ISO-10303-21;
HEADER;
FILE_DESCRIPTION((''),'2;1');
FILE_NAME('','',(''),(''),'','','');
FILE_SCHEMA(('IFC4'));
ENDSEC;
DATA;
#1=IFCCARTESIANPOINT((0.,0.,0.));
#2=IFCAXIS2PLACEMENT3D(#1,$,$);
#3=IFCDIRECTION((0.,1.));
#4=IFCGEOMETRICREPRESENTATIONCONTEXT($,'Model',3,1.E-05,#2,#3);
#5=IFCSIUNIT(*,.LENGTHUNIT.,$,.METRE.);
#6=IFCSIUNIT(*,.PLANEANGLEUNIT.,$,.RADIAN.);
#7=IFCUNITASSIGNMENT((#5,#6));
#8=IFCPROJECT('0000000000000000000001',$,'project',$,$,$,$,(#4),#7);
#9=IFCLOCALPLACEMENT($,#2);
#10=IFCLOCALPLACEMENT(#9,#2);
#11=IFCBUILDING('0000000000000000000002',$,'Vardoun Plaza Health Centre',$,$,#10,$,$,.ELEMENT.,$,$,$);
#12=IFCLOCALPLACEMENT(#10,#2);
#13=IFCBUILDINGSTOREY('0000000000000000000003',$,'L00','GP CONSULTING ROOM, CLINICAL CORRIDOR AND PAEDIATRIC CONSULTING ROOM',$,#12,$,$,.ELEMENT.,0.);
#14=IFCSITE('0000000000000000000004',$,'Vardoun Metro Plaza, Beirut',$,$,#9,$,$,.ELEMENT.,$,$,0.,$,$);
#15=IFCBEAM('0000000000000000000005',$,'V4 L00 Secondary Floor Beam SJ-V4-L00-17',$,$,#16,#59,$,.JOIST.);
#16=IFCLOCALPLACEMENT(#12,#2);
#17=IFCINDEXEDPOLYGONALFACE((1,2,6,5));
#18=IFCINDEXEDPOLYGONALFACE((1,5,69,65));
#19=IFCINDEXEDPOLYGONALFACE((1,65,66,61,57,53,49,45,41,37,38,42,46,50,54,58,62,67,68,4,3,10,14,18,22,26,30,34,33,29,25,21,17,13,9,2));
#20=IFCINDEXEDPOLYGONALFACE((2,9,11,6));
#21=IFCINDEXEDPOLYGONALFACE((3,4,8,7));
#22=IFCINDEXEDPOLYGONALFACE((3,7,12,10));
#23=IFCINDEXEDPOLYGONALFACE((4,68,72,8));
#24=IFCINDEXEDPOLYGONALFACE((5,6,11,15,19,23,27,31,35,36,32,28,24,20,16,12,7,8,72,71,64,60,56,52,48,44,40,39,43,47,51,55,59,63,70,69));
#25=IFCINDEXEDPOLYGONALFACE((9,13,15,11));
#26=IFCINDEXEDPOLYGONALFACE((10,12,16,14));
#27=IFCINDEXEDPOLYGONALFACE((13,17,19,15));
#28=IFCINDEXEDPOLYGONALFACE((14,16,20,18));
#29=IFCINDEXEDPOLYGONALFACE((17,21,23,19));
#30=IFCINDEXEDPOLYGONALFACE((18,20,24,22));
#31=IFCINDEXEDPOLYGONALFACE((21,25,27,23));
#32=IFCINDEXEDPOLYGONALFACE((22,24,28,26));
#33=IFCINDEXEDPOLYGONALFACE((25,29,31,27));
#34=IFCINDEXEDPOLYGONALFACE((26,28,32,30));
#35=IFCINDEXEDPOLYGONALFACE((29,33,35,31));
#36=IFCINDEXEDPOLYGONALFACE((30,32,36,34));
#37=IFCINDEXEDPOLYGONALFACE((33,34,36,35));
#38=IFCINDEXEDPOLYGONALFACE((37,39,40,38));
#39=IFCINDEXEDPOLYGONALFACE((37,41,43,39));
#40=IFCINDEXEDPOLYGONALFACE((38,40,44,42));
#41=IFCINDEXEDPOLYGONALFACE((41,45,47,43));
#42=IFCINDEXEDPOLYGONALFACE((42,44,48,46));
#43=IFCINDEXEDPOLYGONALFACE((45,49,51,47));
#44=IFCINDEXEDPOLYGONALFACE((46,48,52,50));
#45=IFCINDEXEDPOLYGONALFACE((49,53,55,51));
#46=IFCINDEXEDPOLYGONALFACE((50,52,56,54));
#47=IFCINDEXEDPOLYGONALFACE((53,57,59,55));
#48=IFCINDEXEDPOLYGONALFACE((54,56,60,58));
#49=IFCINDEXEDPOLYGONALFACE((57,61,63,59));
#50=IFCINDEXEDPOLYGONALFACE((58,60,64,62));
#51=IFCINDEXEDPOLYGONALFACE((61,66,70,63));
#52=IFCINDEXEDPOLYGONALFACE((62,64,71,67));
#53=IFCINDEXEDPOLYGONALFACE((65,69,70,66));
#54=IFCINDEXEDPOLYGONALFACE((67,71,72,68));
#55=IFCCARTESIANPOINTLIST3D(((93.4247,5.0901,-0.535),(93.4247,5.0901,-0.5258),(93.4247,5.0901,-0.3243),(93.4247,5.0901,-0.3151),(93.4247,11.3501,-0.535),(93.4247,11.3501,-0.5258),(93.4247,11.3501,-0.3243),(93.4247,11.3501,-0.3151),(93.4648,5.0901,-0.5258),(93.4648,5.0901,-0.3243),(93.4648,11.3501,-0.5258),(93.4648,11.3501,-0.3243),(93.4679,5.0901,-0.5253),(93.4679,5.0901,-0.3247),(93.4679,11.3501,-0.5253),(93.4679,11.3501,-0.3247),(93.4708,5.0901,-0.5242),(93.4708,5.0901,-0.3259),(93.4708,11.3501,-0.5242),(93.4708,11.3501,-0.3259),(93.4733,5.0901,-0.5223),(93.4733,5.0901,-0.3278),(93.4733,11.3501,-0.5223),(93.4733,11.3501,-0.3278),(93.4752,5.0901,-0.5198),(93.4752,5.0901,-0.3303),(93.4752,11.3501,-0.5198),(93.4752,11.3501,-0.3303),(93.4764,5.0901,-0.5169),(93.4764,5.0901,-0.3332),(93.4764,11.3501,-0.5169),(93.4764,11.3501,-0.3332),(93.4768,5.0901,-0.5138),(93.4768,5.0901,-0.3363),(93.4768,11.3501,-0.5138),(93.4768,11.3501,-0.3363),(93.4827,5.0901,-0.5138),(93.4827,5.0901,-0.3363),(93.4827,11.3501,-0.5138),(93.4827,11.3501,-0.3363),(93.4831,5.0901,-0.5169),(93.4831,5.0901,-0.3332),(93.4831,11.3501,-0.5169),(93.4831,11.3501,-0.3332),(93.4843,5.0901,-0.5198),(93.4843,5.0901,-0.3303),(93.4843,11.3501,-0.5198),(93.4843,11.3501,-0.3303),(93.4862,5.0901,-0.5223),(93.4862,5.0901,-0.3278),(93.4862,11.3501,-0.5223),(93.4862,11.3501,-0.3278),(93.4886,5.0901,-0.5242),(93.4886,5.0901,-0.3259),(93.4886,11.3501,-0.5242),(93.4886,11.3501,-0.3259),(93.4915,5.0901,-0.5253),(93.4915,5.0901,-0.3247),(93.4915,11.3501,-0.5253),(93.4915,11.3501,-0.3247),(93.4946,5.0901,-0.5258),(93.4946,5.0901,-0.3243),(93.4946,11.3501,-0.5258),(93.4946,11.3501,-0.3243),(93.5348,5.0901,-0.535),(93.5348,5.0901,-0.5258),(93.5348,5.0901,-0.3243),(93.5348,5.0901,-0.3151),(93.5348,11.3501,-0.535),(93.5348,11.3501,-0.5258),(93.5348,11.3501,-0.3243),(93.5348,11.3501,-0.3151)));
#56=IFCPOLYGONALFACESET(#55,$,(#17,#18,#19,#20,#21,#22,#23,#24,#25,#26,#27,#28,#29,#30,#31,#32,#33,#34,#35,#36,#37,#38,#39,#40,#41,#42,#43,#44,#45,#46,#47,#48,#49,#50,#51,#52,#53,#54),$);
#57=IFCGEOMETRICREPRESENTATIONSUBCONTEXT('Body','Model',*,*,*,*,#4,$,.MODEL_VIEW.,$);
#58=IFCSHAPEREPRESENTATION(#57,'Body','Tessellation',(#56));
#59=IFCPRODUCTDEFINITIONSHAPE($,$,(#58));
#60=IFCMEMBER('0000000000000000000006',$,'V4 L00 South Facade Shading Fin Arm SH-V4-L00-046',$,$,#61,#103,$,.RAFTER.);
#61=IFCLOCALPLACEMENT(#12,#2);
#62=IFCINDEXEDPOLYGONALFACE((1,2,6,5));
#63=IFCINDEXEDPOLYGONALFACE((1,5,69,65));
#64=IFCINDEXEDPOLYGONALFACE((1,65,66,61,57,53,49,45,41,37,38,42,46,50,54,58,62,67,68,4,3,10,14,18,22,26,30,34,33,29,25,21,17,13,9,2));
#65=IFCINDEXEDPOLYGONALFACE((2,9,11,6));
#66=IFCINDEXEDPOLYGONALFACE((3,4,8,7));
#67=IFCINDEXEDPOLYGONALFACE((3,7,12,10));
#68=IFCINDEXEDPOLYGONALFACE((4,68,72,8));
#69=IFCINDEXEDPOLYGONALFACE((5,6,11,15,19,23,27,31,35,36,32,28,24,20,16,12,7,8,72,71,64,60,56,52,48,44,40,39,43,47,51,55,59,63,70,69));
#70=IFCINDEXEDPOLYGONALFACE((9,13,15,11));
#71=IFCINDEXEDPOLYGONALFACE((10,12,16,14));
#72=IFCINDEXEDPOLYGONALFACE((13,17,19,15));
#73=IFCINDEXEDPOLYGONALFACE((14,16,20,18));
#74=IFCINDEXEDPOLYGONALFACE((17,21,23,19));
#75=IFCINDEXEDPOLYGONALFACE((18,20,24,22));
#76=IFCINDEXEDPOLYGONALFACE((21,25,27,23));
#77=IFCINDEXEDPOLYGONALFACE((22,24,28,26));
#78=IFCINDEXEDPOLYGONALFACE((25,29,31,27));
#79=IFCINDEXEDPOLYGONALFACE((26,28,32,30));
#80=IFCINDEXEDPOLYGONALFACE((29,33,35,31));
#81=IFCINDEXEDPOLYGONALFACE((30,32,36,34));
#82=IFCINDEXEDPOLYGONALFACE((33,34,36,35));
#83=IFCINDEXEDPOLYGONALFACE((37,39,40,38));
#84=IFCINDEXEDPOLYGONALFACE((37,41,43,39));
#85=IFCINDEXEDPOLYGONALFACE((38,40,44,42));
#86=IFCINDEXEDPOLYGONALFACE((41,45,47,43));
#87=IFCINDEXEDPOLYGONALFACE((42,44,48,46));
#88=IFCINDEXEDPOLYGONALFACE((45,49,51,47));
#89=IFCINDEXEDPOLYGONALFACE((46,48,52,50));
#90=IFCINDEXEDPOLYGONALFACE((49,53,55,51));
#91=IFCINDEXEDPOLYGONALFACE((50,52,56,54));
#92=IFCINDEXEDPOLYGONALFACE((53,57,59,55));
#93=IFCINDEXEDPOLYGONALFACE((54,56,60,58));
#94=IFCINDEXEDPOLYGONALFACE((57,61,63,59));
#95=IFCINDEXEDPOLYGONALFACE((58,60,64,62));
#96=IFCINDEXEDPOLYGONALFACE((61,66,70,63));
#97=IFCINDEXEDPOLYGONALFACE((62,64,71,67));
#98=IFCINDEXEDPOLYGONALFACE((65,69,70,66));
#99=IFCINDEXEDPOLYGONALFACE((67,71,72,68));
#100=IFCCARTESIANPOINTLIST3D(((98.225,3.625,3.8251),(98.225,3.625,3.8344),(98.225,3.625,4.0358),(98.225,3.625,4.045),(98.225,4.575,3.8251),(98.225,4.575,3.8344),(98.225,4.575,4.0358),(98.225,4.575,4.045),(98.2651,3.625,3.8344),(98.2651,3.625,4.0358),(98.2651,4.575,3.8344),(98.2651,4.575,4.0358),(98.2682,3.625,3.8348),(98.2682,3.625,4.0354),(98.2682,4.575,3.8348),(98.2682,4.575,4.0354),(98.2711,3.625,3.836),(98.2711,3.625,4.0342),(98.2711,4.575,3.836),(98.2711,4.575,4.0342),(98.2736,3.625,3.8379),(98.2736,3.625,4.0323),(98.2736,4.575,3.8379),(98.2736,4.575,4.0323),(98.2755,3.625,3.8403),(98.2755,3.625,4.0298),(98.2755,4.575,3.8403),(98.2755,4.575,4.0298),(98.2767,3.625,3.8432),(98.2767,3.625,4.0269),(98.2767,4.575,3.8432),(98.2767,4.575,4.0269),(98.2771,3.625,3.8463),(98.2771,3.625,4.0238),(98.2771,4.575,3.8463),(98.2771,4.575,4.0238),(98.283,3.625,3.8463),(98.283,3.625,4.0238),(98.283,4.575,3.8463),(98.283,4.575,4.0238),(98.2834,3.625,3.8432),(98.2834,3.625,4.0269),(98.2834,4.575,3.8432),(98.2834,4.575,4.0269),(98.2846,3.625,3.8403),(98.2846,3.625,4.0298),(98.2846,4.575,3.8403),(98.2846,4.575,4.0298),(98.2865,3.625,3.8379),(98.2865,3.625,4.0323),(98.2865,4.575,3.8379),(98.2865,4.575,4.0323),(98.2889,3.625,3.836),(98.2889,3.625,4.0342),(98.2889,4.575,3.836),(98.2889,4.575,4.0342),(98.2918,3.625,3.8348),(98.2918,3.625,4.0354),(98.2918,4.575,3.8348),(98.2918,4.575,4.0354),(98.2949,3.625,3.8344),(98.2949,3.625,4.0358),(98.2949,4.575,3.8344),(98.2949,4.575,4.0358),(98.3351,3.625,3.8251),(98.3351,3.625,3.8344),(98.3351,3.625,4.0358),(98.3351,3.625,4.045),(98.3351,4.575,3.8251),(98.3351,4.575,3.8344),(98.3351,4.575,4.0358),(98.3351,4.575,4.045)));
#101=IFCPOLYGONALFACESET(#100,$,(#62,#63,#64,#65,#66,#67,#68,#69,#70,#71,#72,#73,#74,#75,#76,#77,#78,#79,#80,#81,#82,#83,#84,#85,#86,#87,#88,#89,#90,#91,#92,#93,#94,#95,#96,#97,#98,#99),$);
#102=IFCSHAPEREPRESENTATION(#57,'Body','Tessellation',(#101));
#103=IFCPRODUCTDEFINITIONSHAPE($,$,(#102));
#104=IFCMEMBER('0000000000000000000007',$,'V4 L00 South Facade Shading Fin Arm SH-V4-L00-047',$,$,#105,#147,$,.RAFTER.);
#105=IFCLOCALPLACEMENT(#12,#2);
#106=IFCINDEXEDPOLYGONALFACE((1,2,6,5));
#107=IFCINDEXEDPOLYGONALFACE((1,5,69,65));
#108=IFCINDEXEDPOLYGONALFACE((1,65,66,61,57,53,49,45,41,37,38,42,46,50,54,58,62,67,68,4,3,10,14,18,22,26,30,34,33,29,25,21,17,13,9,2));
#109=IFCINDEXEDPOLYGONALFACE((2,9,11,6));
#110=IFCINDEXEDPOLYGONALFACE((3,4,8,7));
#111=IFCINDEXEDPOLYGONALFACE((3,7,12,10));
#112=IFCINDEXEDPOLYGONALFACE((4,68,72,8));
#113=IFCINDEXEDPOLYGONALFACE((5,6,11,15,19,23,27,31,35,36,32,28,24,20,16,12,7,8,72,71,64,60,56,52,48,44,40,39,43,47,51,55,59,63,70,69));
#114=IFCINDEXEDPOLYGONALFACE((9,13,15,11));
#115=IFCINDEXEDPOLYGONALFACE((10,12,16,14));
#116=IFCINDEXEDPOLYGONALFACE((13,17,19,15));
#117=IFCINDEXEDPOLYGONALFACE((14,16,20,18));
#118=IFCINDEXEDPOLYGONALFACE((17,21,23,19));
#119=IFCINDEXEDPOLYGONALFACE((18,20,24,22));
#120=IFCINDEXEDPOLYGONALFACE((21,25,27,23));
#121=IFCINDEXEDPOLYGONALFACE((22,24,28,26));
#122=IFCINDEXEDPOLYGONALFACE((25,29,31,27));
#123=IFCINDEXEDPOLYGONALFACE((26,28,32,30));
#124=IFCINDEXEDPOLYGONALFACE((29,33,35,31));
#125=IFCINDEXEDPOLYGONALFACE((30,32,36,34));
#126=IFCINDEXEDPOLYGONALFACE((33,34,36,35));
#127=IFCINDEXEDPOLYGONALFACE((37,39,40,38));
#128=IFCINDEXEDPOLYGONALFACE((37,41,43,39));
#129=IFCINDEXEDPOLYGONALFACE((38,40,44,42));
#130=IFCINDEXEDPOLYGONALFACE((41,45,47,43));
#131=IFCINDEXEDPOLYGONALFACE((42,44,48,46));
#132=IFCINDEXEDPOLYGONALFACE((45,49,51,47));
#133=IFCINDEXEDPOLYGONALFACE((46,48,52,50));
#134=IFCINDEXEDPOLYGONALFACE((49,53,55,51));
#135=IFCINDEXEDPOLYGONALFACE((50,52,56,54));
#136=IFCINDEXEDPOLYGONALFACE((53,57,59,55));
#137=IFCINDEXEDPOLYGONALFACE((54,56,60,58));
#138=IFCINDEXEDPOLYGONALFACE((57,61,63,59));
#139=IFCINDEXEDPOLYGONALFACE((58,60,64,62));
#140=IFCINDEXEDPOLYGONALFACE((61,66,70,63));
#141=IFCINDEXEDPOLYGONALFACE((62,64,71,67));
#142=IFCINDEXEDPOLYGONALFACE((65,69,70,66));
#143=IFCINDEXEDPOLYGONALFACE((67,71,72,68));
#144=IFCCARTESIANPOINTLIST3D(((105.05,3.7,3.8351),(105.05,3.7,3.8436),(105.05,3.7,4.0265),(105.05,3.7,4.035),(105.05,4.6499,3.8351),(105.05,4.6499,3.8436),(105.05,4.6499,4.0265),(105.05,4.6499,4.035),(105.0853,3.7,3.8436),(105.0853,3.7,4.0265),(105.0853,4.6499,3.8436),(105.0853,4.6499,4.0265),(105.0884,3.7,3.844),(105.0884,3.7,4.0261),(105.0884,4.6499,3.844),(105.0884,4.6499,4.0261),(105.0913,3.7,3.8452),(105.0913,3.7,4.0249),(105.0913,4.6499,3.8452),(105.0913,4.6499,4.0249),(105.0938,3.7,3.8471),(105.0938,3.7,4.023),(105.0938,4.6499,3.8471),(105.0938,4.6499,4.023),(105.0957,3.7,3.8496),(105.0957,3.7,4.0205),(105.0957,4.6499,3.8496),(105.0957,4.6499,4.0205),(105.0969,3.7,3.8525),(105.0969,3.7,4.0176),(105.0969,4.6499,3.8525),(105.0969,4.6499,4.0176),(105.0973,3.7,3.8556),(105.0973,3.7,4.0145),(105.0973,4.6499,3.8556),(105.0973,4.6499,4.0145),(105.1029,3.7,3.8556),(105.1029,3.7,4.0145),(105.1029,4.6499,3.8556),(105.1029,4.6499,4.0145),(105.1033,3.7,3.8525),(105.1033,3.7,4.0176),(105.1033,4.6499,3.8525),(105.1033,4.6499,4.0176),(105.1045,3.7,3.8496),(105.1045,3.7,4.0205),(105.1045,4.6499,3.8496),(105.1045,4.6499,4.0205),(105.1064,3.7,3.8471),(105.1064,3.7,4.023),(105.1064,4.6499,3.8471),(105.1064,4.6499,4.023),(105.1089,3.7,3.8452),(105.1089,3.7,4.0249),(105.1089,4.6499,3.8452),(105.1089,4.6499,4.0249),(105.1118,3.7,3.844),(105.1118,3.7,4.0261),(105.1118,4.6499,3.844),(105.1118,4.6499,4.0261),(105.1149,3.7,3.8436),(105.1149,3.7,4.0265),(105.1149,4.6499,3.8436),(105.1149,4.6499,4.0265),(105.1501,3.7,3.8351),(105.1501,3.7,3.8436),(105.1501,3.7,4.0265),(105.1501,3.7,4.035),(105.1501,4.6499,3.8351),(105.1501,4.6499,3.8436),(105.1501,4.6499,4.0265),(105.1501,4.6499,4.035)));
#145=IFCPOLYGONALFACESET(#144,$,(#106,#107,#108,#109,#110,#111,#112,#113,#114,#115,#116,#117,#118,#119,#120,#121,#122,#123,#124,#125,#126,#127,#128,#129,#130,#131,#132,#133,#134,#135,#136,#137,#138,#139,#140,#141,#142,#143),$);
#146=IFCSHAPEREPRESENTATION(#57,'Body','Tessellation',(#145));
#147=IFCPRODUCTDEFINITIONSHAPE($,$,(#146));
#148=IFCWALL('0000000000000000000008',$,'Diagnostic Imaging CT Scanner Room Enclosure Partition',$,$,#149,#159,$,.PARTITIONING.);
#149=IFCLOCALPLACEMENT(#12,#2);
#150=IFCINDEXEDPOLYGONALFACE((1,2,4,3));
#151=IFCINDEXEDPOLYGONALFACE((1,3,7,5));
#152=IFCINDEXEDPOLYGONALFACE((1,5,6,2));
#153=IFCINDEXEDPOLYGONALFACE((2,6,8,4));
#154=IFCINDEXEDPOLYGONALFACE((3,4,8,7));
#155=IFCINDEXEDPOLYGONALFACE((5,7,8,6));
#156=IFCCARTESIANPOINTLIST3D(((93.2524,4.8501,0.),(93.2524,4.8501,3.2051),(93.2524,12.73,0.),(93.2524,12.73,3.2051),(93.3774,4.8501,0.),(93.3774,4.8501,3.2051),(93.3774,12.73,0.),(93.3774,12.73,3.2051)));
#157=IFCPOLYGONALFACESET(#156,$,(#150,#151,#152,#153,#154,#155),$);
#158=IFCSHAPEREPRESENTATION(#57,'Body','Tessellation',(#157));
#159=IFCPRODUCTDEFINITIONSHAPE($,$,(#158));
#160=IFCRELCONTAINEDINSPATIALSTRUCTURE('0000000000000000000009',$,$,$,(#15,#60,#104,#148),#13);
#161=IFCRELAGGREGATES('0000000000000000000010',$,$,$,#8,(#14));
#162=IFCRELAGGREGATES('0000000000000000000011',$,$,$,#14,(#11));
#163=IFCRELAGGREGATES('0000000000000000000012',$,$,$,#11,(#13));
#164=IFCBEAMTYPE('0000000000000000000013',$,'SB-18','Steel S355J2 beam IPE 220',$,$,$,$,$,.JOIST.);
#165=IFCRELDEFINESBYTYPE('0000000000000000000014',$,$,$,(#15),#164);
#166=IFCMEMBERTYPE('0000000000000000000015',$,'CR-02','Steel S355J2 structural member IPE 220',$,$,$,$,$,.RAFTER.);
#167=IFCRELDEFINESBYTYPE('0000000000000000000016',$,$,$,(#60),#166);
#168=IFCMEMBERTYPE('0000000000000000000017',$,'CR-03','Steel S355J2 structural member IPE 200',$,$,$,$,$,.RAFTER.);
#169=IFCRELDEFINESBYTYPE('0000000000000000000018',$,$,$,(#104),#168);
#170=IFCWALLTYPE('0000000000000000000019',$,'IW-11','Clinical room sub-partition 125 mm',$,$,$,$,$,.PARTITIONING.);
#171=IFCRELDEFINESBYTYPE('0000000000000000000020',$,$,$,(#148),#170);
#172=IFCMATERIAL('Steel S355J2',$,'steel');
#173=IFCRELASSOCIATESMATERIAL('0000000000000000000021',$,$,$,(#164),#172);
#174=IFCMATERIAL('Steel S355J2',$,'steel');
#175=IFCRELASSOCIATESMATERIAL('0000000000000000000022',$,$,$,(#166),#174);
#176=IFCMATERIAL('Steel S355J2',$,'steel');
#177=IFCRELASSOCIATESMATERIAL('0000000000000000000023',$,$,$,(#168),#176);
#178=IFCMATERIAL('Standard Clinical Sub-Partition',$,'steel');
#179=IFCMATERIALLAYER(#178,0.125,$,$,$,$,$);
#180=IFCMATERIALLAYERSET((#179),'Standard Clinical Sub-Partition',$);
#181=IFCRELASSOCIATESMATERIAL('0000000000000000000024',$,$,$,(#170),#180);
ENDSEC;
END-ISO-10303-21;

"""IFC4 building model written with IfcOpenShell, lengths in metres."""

from ifc_helpers import new_model, si_unit, direction, frame, frame_2d, origin, origin_2d, place, context, subcontext, project, spatial, rectangle, i_section, extrude, material, layer, layer_set, material_profile, profile_set, type_object, element, save


model = new_model("IFC4")

# Units and contexts
model_context = context("Model", 3, precision=1e-05, world=origin(), true_north=direction((0.0, 1.0)))
body_context = subcontext(model_context, "Body", "Model", "MODEL_VIEW")
ifc_project = project(units=[si_unit("LENGTHUNIT", "METRE"), si_unit("PLANEANGLEUNIT", "RADIAN")], contexts=[model_context])

# Site, building, storey
site_placement = place(None, origin())
site = spatial("IfcSite", under=ifc_project, at=site_placement, Name="Vardoun Metro Plaza, Beirut", CompositionType="ELEMENT", RefElevation=0.0)
building_placement = place(site_placement, origin())
building = spatial("IfcBuilding", under=site, at=building_placement, Name="Vardoun Plaza Health Centre", CompositionType="ELEMENT")
storey_placement = place(building_placement, origin())
storey = spatial("IfcBuildingStorey", under=building, at=storey_placement, Name="L00", Description="GP CONSULTING ROOM, CLINICAL CORRIDOR AND PAEDIATRIC CONSULTING ROOM", CompositionType="ELEMENT", Elevation=0.0)

# Beam
ifc_material_1 = material(Name="Steel S355J2", Category="steel")
ifc_material_profile_1 = material_profile(ifc_material_1, i_section(OverallWidth=0.1101, OverallDepth=0.22, WebThickness=0.0059, FlangeThickness=0.0093, FilletRadius=0.012, at=origin_2d()), Name="IPE 220")
ifc_profile_set_1 = profile_set([ifc_material_profile_1], Name="Steel S355J2")
beam_type_1 = type_object("IfcBeamType", Name="SB-18", Description="Steel S355J2 beam IPE 220", PredefinedType="JOIST", material=ifc_profile_set_1)
beam_1_placement = place(storey_placement, frame((93.4797, 5.0901, -0.425), z_axis=(0.0, 1.0, 0.0), x_axis=(-1.0, 0.0, 0.0)))
element("IfcBeam", 1, at=beam_1_placement, inside=storey, type_object=beam_type_1, Name="V4 L00 Secondary Floor Beam SJ-V4-L00-17", PredefinedType="JOIST", context=body_context, shape_type="SweptSolid", body=[
    extrude(i_section(OverallWidth=0.1101, OverallDepth=0.22, WebThickness=0.0059, FlangeThickness=0.0093, FilletRadius=0.012, at=origin_2d()), origin(), (0.0, 0.0, 1.0), 6.26),
])

# Members
ifc_material_2 = material(Name="Steel S355J2", Category="steel")
ifc_material_profile_2 = material_profile(ifc_material_2, i_section(OverallWidth=0.1101, OverallDepth=0.22, WebThickness=0.0059, FlangeThickness=0.0093, FilletRadius=0.012, at=origin_2d()), Name="IPE 220")
ifc_profile_set_2 = profile_set([ifc_material_profile_2], Name="Steel S355J2")
member_type_1 = type_object("IfcMemberType", Name="CR-02", Description="Steel S355J2 structural member IPE 220", PredefinedType="RAFTER", material=ifc_profile_set_2)
member_1_placement = place(storey_placement, frame((98.28, 4.575, 3.9351), z_axis=(0.0, -1.0, 0.0), x_axis=(1.0, 0.0, 0.0)))
element("IfcMember", 2, at=member_1_placement, inside=storey, type_object=member_type_1, Name="V4 L00 South Facade Shading Fin Arm SH-V4-L00-046", PredefinedType="RAFTER", context=body_context, shape_type="SweptSolid", body=[
    extrude(i_section(OverallWidth=0.1101, OverallDepth=0.22, WebThickness=0.0059, FlangeThickness=0.0093, FilletRadius=0.012, at=origin_2d()), origin(), (0.0, 0.0, 1.0), 0.95),
])
ifc_material_3 = material(Name="Steel S355J2", Category="steel")
ifc_material_profile_3 = material_profile(ifc_material_3, i_section(OverallWidth=0.1001, OverallDepth=0.2, WebThickness=0.0056, FlangeThickness=0.0085, FilletRadius=0.012, at=origin_2d()), Name="IPE 200")
ifc_profile_set_3 = profile_set([ifc_material_profile_3], Name="Steel S355J2")
member_type_2 = type_object("IfcMemberType", Name="CR-03", Description="Steel S355J2 structural member IPE 200", PredefinedType="RAFTER", material=ifc_profile_set_3)
member_2_placement = place(storey_placement, frame((105.1001, 4.6499, 3.9351), z_axis=(0.0, -1.0, 0.0), x_axis=(1.0, 0.0, 0.0)))
element("IfcMember", 3, at=member_2_placement, inside=storey, type_object=member_type_2, Name="V4 L00 South Facade Shading Fin Arm SH-V4-L00-047", PredefinedType="RAFTER", context=body_context, shape_type="SweptSolid", body=[
    extrude(i_section(OverallWidth=0.1001, OverallDepth=0.2, WebThickness=0.0056, FlangeThickness=0.0085, FilletRadius=0.012, at=origin_2d()), origin(), (0.0, 0.0, 1.0), 0.95),
])

# Wall
ifc_material_4 = material(Name="Standard Clinical Sub-Partition", Category="steel")
ifc_layer_1 = layer(ifc_material_4, 0.125)
ifc_layer_set_1 = layer_set([ifc_layer_1], Name="Standard Clinical Sub-Partition")
wall_type_1 = type_object("IfcWallType", Name="IW-11", Description="Clinical room sub-partition 125 mm", PredefinedType="PARTITIONING", material=ifc_layer_set_1)
wall_1_placement = place(storey_placement, frame((93.3149, 4.8501, 0.0), z_axis=(0.0, 0.0, 1.0), x_axis=(0.0, 1.0, 0.0)))
element("IfcWall", 4, at=wall_1_placement, inside=storey, type_object=wall_type_1, Name="Diagnostic Imaging CT Scanner Room Enclosure Partition", PredefinedType="PARTITIONING", context=body_context, shape_type="SweptSolid", body=[
    extrude(rectangle(XDim=7.8799, YDim=0.125, at=frame_2d((3.9399, 0.0))), origin(), (0.0, 0.0, 1.0), 3.2051),
])

save(model, "model.ifc")
